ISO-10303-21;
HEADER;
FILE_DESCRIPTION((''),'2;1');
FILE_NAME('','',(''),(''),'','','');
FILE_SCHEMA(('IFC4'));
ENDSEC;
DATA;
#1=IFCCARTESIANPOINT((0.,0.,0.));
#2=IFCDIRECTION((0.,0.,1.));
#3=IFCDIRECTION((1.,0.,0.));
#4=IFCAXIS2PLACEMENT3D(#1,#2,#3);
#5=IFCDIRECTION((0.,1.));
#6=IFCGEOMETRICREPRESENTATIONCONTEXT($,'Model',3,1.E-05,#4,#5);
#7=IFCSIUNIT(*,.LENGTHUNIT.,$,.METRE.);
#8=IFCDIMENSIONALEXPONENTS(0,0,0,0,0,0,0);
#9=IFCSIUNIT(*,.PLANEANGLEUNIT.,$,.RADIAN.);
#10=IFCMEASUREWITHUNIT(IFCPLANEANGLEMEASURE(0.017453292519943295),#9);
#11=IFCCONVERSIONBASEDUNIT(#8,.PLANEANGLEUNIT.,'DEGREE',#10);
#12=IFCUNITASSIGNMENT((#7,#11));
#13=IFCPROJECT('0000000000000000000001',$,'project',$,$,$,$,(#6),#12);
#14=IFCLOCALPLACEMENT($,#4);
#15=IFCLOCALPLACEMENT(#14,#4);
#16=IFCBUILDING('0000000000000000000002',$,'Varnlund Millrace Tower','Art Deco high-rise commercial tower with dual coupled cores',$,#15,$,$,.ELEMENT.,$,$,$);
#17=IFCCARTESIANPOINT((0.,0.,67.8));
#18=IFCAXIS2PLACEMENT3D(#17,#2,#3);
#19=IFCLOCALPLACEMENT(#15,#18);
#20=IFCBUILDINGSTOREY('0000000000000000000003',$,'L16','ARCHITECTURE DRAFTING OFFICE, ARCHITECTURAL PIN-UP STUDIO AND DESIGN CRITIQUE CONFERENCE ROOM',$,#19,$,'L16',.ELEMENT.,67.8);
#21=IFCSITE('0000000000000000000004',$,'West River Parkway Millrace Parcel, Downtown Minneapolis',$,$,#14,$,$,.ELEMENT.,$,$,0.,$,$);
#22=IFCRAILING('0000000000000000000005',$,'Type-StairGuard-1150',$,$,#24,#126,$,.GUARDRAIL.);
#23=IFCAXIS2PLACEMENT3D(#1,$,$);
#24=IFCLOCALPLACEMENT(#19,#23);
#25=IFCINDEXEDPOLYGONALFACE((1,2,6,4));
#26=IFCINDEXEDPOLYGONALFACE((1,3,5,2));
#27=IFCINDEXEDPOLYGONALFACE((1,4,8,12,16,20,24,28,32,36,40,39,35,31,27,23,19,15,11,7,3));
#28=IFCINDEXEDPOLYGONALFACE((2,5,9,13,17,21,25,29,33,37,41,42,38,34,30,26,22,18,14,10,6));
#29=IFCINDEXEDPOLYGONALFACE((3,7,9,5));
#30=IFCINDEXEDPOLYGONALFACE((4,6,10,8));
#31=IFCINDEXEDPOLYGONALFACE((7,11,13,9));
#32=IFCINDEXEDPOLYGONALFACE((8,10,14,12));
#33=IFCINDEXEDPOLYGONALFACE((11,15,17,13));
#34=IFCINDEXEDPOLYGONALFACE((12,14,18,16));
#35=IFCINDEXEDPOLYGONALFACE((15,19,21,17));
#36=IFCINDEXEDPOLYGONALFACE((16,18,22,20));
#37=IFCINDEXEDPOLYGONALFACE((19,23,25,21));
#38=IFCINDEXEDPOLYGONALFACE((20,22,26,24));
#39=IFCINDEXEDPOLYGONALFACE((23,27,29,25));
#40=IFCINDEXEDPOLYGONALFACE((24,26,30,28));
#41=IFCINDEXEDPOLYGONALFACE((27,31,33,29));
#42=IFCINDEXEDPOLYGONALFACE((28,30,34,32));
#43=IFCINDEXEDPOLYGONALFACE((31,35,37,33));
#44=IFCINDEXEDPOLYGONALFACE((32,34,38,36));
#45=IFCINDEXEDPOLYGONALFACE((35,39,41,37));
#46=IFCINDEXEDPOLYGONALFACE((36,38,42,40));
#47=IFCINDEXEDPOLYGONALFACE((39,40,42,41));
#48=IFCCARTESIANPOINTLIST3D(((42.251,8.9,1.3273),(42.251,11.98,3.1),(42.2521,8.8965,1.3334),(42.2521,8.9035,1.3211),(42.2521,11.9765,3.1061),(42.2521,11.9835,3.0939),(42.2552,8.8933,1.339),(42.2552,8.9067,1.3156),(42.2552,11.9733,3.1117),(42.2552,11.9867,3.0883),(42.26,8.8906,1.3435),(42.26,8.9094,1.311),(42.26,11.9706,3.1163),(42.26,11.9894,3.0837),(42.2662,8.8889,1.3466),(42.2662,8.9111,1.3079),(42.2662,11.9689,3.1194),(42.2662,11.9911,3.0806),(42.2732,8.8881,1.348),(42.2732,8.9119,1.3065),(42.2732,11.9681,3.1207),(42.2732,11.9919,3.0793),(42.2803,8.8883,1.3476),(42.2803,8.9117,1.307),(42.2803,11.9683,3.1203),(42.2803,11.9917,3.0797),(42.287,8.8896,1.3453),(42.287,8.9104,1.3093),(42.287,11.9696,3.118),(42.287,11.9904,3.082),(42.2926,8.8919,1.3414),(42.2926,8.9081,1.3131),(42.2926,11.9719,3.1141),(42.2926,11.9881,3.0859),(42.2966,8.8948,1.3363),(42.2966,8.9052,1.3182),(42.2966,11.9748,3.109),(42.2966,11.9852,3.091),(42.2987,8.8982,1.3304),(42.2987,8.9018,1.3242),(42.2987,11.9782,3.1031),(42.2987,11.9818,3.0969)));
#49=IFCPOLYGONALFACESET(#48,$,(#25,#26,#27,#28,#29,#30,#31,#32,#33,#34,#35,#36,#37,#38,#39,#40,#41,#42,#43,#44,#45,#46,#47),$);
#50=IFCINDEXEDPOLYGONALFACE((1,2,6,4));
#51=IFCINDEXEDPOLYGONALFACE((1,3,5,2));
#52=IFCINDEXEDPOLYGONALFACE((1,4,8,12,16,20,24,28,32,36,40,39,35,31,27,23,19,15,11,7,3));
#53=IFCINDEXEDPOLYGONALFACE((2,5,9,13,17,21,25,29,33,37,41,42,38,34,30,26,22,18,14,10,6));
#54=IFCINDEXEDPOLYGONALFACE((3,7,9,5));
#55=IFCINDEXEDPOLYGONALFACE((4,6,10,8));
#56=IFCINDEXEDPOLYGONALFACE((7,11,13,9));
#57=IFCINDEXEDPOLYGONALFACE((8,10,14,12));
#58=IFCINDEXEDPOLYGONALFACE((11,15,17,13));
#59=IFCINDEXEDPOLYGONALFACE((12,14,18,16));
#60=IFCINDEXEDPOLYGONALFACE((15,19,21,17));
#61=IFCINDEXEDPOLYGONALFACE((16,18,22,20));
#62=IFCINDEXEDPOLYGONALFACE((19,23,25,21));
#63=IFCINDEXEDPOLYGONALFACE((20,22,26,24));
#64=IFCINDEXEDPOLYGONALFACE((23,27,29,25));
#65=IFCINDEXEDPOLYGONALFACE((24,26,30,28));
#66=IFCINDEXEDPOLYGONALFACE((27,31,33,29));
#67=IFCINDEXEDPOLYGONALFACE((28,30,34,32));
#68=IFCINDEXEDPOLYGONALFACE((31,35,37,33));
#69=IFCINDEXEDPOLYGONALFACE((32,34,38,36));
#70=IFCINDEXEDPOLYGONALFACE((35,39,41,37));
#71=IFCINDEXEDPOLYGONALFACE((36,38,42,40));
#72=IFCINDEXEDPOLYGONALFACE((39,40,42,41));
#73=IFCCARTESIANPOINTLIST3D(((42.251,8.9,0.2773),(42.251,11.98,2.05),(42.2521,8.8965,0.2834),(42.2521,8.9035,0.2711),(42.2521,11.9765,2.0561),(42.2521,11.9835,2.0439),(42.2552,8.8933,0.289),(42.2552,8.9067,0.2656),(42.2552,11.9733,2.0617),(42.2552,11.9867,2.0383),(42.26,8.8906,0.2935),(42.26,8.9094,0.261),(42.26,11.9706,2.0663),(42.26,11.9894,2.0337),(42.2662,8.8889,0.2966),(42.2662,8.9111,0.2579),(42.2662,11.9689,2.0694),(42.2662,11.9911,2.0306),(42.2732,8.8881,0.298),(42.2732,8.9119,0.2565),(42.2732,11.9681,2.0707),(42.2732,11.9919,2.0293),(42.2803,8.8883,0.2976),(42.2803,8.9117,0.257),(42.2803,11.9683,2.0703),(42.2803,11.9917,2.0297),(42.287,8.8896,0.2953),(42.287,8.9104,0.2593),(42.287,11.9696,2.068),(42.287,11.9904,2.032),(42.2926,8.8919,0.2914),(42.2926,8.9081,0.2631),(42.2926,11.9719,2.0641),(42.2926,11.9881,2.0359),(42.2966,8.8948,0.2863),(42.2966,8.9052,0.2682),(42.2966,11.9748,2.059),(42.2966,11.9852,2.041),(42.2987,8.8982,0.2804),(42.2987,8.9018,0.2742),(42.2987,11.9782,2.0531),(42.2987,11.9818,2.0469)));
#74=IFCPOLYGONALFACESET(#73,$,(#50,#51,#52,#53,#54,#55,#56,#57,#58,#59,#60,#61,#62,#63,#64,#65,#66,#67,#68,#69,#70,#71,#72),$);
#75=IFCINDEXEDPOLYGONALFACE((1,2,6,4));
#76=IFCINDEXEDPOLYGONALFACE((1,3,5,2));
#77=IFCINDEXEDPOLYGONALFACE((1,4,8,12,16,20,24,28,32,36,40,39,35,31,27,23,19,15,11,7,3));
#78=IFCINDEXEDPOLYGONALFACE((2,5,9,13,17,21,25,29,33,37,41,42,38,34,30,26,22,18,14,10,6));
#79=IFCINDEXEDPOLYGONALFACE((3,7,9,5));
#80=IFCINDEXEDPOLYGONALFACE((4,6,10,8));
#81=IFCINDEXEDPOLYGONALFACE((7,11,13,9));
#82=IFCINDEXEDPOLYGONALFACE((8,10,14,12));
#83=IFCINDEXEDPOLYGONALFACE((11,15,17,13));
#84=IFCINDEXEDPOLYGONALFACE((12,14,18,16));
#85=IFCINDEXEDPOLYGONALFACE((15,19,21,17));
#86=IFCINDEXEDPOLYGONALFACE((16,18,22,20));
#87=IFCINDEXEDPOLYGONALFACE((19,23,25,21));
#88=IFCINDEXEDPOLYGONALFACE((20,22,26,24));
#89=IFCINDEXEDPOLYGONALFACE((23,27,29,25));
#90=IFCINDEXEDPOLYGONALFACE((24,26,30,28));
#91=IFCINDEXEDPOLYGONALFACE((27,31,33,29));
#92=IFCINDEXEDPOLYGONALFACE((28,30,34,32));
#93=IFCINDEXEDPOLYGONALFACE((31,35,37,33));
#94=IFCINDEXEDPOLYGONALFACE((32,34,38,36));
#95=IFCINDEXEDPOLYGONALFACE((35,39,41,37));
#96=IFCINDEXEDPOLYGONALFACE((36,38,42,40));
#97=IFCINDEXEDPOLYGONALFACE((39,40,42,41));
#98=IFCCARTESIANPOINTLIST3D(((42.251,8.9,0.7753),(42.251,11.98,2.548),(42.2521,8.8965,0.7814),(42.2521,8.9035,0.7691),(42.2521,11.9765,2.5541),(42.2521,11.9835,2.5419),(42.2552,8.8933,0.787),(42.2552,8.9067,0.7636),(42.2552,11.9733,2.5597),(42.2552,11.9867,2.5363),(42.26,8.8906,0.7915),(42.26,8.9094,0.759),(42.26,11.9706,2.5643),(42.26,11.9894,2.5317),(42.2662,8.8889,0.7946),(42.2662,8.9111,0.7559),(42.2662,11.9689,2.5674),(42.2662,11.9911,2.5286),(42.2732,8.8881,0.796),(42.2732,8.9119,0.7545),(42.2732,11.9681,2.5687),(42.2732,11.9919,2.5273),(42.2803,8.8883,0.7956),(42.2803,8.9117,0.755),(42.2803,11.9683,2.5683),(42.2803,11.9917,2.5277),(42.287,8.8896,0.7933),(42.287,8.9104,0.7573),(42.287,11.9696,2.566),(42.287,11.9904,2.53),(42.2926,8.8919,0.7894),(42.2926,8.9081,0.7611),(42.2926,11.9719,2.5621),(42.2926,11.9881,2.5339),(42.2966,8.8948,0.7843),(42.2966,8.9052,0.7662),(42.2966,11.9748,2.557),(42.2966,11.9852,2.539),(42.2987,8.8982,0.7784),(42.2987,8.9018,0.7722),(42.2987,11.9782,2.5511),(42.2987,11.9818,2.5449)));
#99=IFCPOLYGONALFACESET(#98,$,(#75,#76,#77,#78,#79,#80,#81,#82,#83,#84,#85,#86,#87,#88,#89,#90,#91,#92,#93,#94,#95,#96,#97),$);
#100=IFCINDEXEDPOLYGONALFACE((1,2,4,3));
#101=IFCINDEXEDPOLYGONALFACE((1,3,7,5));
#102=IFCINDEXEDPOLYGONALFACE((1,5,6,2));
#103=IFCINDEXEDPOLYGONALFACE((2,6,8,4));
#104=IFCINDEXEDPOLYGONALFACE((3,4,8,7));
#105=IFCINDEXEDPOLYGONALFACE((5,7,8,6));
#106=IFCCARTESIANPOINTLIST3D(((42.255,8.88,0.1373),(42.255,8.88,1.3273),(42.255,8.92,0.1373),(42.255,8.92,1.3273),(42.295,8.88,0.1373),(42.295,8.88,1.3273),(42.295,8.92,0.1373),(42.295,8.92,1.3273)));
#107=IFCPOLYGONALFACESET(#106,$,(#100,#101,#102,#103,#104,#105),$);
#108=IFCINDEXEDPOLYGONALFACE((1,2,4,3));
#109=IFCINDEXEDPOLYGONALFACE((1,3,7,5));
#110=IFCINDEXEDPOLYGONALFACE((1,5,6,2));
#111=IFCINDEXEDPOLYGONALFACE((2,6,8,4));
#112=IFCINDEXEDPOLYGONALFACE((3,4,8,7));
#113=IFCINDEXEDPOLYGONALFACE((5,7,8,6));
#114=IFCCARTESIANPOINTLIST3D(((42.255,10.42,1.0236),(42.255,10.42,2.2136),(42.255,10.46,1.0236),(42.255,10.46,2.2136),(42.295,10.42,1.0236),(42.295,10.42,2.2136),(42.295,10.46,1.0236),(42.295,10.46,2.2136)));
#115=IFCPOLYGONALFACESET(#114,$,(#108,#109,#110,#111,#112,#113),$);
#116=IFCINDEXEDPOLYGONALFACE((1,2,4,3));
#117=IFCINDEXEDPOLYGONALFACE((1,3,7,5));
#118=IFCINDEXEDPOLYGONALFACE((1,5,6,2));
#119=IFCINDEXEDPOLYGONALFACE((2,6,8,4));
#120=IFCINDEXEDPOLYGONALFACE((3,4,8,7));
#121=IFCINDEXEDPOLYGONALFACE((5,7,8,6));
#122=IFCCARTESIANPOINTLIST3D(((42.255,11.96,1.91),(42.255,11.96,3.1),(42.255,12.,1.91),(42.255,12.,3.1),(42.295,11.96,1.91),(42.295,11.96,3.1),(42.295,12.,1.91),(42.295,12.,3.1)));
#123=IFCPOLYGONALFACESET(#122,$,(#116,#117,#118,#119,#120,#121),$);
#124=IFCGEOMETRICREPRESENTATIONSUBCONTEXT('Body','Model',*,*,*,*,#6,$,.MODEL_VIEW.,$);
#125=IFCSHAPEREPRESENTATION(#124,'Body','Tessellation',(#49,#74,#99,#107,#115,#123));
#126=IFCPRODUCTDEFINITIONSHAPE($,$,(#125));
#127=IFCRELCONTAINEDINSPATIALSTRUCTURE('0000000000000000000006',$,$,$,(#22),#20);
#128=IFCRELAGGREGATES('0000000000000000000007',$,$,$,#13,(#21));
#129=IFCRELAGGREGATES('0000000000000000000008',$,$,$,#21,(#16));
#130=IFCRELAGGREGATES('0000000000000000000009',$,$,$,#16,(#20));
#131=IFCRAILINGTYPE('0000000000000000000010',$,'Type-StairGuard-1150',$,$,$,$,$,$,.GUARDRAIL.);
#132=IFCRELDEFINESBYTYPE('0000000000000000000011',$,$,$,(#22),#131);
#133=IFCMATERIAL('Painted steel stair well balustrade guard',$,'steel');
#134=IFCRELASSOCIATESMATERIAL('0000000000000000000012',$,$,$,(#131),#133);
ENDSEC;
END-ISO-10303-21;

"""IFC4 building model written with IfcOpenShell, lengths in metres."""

from ifc_helpers import new_model, entity, si_unit, converted_unit, direction, frame, origin_with_axes, origin_2d_with_axis, place, context, subcontext, project, spatial, rectangle, circle, extrude, material, type_object, element, save


model = new_model("IFC4")

# Units and contexts
model_context = context("Model", 3, precision=1e-05, world=origin_with_axes(), true_north=direction((0.0, 1.0)))
body_context = subcontext(model_context, "Body", "Model", "MODEL_VIEW")
ifc_project = project(units=[si_unit("LENGTHUNIT", "METRE"), converted_unit("PLANEANGLEUNIT", "DEGREE", entity("IfcPlaneAngleMeasure", 0.017453292519943295), si_unit("PLANEANGLEUNIT", "RADIAN"), dimensions=[0, 0, 0, 0, 0, 0, 0])], contexts=[model_context])

# Site, building, storey
site_placement = place(None, origin_with_axes())
site = spatial("IfcSite", under=ifc_project, at=site_placement, Name="West River Parkway Millrace Parcel, Downtown Minneapolis", CompositionType="ELEMENT", RefElevation=0.0)
building_placement = place(site_placement, origin_with_axes())
building = spatial("IfcBuilding", under=site, at=building_placement, Name="Varnlund Millrace Tower", Description="Art Deco high-rise commercial tower with dual coupled cores", CompositionType="ELEMENT")
storey_placement = place(building_placement, frame((0.0, 0.0, 67.8), z_axis=(0.0, 0.0, 1.0), x_axis=(1.0, 0.0, 0.0)))
storey = spatial("IfcBuildingStorey", under=building, at=storey_placement, Name="L16", Description="ARCHITECTURE DRAFTING OFFICE, ARCHITECTURAL PIN-UP STUDIO AND DESIGN CRITIQUE CONFERENCE ROOM", LongName="L16", CompositionType="ELEMENT", Elevation=67.8)

# Railing
ifc_material_1 = material(Name="Painted steel stair well balustrade guard", Category="steel")
railing_type_1 = type_object("IfcRailingType", Name="Type-StairGuard-1150", PredefinedType="GUARDRAIL", material=ifc_material_1)
railing_1_placement = place(storey_placement, frame((0.0, 0.0, -67.8), z_axis=(0.0, 0.0, 1.0), x_axis=(1.0, 0.0, 0.0)))
element("IfcRailing", 1, at=railing_1_placement, inside=storey, type_object=railing_type_1, Name="Type-StairGuard-1150", PredefinedType="GUARDRAIL", context=body_context, shape_type="SweptSolid", body=[
    extrude(circle(Radius=0.024, at=origin_2d_with_axis()), frame((42.275, 8.9, 69.1273), z_axis=(0.0, 0.866696, 0.498836), x_axis=(-1.0, 0.0, 0.0)), (0.0, 0.0, 1.0), 3.5537),
    extrude(circle(Radius=0.024, at=origin_2d_with_axis()), frame((42.275, 8.9, 68.0773), z_axis=(0.0, 0.866696, 0.498836), x_axis=(-1.0, 0.0, 0.0)), (0.0, 0.0, 1.0), 3.5537),
    extrude(circle(Radius=0.024, at=origin_2d_with_axis()), frame((42.275, 8.9, 68.5753), z_axis=(0.0, 0.866696, 0.498836), x_axis=(-1.0, 0.0, 0.0)), (0.0, 0.0, 1.0), 3.5537),
    extrude(rectangle(XDim=0.04, YDim=0.04, at=origin_2d_with_axis()), frame((42.275, 8.9, 67.9373), z_axis=(0.0, 0.0, 1.0), x_axis=(1.0, 0.0, 0.0)), (0.0, 0.0, 1.0), 1.19),
    extrude(rectangle(XDim=0.04, YDim=0.04, at=origin_2d_with_axis()), frame((42.275, 10.44, 68.8236), z_axis=(0.0, 0.0, 1.0), x_axis=(1.0, 0.0, 0.0)), (0.0, 0.0, 1.0), 1.19),
    extrude(rectangle(XDim=0.04, YDim=0.04, at=origin_2d_with_axis()), frame((42.275, 11.98, 69.71), z_axis=(0.0, 0.0, 1.0), x_axis=(1.0, 0.0, 0.0)), (0.0, 0.0, 1.0), 1.19),
])

save(model, "model.ifc")
